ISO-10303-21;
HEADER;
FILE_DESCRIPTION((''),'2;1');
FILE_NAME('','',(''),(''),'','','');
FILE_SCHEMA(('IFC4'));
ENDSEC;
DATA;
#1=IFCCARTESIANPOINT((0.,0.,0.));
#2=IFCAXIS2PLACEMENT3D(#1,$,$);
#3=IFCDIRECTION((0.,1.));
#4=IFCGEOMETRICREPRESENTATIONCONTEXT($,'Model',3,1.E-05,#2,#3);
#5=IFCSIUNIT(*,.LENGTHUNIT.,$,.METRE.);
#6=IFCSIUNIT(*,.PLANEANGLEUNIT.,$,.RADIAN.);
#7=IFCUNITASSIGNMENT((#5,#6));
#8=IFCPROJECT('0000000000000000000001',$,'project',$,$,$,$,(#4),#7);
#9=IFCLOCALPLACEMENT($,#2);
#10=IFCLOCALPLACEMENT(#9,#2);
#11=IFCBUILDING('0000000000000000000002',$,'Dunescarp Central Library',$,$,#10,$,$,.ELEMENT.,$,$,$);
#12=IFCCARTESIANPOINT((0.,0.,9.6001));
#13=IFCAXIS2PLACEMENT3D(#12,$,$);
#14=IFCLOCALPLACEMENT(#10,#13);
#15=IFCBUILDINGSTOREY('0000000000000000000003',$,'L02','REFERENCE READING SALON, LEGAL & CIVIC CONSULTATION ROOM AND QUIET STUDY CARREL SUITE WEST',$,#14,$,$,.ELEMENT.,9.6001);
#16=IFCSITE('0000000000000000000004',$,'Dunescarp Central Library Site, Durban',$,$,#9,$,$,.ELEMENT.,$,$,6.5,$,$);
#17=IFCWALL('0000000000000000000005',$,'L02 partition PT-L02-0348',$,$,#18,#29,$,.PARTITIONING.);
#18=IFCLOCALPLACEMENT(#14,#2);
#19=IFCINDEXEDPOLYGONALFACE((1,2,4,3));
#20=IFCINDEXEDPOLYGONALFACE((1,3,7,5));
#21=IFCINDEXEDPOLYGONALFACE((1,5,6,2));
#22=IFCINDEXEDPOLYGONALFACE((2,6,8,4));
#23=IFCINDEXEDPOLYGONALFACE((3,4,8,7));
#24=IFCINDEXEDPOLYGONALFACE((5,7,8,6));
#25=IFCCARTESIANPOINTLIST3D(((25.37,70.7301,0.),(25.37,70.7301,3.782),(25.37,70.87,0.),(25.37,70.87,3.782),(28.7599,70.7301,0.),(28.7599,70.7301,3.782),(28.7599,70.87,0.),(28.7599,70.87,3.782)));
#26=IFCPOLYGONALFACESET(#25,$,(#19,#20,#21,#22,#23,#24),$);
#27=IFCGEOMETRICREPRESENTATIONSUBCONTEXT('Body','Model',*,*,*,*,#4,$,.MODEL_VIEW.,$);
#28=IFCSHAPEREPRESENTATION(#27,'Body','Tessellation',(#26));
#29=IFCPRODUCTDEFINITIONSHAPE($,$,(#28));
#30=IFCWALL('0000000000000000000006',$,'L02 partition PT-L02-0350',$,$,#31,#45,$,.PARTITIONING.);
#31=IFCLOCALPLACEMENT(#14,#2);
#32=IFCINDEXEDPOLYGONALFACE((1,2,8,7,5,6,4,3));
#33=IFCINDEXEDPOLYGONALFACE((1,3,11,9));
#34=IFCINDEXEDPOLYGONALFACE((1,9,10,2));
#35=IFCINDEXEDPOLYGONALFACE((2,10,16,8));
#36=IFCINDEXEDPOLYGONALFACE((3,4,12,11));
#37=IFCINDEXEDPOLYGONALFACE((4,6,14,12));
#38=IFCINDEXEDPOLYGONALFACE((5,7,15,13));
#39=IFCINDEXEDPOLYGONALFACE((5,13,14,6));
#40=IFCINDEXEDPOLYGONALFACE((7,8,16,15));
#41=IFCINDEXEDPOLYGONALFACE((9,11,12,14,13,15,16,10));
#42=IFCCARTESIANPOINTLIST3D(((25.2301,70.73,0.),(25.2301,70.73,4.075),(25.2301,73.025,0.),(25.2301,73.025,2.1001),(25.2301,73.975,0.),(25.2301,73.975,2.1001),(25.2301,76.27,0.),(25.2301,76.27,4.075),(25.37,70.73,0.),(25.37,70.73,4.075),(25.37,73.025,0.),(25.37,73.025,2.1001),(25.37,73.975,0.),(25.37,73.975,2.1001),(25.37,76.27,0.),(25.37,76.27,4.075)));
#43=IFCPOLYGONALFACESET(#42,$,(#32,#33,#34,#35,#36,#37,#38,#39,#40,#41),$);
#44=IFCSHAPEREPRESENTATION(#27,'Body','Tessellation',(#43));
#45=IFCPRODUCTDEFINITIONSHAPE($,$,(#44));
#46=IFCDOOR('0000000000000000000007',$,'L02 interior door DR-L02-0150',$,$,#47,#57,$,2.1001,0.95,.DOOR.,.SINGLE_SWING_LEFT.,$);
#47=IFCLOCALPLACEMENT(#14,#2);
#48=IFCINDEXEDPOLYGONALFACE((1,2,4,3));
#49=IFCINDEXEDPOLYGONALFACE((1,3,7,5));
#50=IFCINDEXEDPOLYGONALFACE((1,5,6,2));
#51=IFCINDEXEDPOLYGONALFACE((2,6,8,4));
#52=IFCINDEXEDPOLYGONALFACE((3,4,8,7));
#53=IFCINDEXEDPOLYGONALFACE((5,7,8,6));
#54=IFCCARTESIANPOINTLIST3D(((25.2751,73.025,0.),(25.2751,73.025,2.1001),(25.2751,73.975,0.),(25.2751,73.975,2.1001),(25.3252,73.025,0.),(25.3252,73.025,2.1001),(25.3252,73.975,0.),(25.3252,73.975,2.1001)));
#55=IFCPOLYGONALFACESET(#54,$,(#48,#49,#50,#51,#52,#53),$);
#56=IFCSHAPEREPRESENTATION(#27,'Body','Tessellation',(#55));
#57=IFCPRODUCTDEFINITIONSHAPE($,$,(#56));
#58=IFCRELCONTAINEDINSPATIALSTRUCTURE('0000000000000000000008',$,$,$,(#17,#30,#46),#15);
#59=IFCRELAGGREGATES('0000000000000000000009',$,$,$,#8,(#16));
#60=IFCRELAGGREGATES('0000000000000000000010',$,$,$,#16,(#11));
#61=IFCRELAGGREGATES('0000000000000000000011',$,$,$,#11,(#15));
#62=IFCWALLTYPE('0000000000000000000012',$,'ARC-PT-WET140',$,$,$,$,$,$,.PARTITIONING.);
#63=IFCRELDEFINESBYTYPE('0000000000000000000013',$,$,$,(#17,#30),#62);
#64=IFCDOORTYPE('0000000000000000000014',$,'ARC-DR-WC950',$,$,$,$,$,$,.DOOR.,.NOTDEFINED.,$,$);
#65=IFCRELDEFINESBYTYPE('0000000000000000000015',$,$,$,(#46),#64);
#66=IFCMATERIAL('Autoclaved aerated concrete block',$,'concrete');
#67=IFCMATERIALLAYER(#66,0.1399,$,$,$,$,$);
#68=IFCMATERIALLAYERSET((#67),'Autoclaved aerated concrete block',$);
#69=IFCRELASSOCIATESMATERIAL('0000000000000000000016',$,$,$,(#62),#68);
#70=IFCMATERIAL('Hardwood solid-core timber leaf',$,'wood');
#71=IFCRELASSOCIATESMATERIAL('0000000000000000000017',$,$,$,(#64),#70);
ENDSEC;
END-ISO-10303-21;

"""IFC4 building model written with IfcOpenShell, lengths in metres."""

from ifc_helpers import new_model, si_unit, direction, frame, frame_2d, origin, place, context, subcontext, project, spatial, rectangle, extrude, material, layer, layer_set, type_object, element, fill, save


model = new_model("IFC4")

# Units and contexts
model_context = context("Model", 3, precision=1e-05, world=origin(), true_north=direction((0.0, 1.0)))
body_context = subcontext(model_context, "Body", "Model", "MODEL_VIEW")
ifc_project = project(units=[si_unit("LENGTHUNIT", "METRE"), si_unit("PLANEANGLEUNIT", "RADIAN")], contexts=[model_context])

# Site, building, storey
site_placement = place(None, origin())
site = spatial("IfcSite", under=ifc_project, at=site_placement, Name="Dunescarp Central Library Site, Durban", CompositionType="ELEMENT", RefElevation=6.5)
building_placement = place(site_placement, origin())
building = spatial("IfcBuilding", under=site, at=building_placement, Name="Dunescarp Central Library", CompositionType="ELEMENT")
storey_placement = place(building_placement, frame((0.0, 0.0, 9.6001)))
storey = spatial("IfcBuildingStorey", under=building, at=storey_placement, Name="L02", Description="REFERENCE READING SALON, LEGAL & CIVIC CONSULTATION ROOM AND QUIET STUDY CARREL SUITE WEST", CompositionType="ELEMENT", Elevation=9.6001)

# Wall
ifc_material_1 = material(Name="Autoclaved aerated concrete block", Category="concrete")
ifc_layer_1 = layer(ifc_material_1, 0.1399)
ifc_layer_set_1 = layer_set([ifc_layer_1], Name="Autoclaved aerated concrete block")
wall_type = type_object("IfcWallType", Name="ARC-PT-WET140", PredefinedType="PARTITIONING", material=ifc_layer_set_1)
wall_1_placement = place(storey_placement, frame((25.3701, 70.8, 0.0), z_axis=(0.0, 0.0, 1.0), x_axis=(1.0, 0.0, 0.0)))
element("IfcWall", 1, at=wall_1_placement, inside=storey, type_object=wall_type, Name="L02 partition PT-L02-0348", PredefinedType="PARTITIONING", context=body_context, shape_type="SweptSolid", body=[
    extrude(rectangle(XDim=3.3899, YDim=0.1399, at=frame_2d((1.6948, 0.0))), origin(), (0.0, 0.0, 1.0), 3.782),
])

# Wall, opening, door
wall_2_placement = place(storey_placement, frame((25.3, 70.73, 0.0), z_axis=(0.0, 0.0, 1.0), x_axis=(0.0, 1.0, 0.0)))
wall_2 = element("IfcWall", 2, at=wall_2_placement, inside=storey, type_object=wall_type, Name="L02 partition PT-L02-0350", PredefinedType="PARTITIONING", context=body_context, shape_type="SweptSolid", body=[
    extrude(rectangle(XDim=5.54, YDim=0.1399, at=frame_2d((2.77, 0.0))), origin(), (0.0, 0.0, 1.0), 4.075),
])
opening_placement = place(wall_2_placement, frame((2.2949, 0.0, 0.0)))
opening = element("IfcOpeningElement", 3, at=opening_placement, cuts=wall_2, PredefinedType="OPENING", context=body_context, shape_type="SweptSolid", body=[
    extrude(rectangle(XDim=0.95, YDim=2.1001, at=frame_2d((0.4751, 1.05))), frame((0.0, 0.0801, 0.0), z_axis=(0.0, -1.0, 0.0), x_axis=(1.0, 0.0, 0.0)), (0.0, 0.0, 1.0), 0.1599),
])
ifc_material_2 = material(Name="Hardwood solid-core timber leaf", Category="wood")
door_type = type_object("IfcDoorType", Name="ARC-DR-WC950", OperationType="NOTDEFINED", PredefinedType="DOOR", material=ifc_material_2)
door_placement = place(opening_placement, origin())
door = element("IfcDoor", 4, at=door_placement, inside=storey, type_object=door_type, Name="L02 interior door DR-L02-0150", OperationType="SINGLE_SWING_LEFT", OverallHeight=2.1001, OverallWidth=0.95, PredefinedType="DOOR", context=body_context, shape_type="SweptSolid", body=[
    extrude(rectangle(XDim=0.95, YDim=2.1001, at=frame_2d((0.4751, 1.05))), frame((0.0, 0.0249, 0.0), z_axis=(0.0, -1.0, 0.0), x_axis=(1.0, 0.0, 0.0)), (0.0, 0.0, 1.0), 0.05),
])
fill(opening, door)

save(model, "model.ifc")
